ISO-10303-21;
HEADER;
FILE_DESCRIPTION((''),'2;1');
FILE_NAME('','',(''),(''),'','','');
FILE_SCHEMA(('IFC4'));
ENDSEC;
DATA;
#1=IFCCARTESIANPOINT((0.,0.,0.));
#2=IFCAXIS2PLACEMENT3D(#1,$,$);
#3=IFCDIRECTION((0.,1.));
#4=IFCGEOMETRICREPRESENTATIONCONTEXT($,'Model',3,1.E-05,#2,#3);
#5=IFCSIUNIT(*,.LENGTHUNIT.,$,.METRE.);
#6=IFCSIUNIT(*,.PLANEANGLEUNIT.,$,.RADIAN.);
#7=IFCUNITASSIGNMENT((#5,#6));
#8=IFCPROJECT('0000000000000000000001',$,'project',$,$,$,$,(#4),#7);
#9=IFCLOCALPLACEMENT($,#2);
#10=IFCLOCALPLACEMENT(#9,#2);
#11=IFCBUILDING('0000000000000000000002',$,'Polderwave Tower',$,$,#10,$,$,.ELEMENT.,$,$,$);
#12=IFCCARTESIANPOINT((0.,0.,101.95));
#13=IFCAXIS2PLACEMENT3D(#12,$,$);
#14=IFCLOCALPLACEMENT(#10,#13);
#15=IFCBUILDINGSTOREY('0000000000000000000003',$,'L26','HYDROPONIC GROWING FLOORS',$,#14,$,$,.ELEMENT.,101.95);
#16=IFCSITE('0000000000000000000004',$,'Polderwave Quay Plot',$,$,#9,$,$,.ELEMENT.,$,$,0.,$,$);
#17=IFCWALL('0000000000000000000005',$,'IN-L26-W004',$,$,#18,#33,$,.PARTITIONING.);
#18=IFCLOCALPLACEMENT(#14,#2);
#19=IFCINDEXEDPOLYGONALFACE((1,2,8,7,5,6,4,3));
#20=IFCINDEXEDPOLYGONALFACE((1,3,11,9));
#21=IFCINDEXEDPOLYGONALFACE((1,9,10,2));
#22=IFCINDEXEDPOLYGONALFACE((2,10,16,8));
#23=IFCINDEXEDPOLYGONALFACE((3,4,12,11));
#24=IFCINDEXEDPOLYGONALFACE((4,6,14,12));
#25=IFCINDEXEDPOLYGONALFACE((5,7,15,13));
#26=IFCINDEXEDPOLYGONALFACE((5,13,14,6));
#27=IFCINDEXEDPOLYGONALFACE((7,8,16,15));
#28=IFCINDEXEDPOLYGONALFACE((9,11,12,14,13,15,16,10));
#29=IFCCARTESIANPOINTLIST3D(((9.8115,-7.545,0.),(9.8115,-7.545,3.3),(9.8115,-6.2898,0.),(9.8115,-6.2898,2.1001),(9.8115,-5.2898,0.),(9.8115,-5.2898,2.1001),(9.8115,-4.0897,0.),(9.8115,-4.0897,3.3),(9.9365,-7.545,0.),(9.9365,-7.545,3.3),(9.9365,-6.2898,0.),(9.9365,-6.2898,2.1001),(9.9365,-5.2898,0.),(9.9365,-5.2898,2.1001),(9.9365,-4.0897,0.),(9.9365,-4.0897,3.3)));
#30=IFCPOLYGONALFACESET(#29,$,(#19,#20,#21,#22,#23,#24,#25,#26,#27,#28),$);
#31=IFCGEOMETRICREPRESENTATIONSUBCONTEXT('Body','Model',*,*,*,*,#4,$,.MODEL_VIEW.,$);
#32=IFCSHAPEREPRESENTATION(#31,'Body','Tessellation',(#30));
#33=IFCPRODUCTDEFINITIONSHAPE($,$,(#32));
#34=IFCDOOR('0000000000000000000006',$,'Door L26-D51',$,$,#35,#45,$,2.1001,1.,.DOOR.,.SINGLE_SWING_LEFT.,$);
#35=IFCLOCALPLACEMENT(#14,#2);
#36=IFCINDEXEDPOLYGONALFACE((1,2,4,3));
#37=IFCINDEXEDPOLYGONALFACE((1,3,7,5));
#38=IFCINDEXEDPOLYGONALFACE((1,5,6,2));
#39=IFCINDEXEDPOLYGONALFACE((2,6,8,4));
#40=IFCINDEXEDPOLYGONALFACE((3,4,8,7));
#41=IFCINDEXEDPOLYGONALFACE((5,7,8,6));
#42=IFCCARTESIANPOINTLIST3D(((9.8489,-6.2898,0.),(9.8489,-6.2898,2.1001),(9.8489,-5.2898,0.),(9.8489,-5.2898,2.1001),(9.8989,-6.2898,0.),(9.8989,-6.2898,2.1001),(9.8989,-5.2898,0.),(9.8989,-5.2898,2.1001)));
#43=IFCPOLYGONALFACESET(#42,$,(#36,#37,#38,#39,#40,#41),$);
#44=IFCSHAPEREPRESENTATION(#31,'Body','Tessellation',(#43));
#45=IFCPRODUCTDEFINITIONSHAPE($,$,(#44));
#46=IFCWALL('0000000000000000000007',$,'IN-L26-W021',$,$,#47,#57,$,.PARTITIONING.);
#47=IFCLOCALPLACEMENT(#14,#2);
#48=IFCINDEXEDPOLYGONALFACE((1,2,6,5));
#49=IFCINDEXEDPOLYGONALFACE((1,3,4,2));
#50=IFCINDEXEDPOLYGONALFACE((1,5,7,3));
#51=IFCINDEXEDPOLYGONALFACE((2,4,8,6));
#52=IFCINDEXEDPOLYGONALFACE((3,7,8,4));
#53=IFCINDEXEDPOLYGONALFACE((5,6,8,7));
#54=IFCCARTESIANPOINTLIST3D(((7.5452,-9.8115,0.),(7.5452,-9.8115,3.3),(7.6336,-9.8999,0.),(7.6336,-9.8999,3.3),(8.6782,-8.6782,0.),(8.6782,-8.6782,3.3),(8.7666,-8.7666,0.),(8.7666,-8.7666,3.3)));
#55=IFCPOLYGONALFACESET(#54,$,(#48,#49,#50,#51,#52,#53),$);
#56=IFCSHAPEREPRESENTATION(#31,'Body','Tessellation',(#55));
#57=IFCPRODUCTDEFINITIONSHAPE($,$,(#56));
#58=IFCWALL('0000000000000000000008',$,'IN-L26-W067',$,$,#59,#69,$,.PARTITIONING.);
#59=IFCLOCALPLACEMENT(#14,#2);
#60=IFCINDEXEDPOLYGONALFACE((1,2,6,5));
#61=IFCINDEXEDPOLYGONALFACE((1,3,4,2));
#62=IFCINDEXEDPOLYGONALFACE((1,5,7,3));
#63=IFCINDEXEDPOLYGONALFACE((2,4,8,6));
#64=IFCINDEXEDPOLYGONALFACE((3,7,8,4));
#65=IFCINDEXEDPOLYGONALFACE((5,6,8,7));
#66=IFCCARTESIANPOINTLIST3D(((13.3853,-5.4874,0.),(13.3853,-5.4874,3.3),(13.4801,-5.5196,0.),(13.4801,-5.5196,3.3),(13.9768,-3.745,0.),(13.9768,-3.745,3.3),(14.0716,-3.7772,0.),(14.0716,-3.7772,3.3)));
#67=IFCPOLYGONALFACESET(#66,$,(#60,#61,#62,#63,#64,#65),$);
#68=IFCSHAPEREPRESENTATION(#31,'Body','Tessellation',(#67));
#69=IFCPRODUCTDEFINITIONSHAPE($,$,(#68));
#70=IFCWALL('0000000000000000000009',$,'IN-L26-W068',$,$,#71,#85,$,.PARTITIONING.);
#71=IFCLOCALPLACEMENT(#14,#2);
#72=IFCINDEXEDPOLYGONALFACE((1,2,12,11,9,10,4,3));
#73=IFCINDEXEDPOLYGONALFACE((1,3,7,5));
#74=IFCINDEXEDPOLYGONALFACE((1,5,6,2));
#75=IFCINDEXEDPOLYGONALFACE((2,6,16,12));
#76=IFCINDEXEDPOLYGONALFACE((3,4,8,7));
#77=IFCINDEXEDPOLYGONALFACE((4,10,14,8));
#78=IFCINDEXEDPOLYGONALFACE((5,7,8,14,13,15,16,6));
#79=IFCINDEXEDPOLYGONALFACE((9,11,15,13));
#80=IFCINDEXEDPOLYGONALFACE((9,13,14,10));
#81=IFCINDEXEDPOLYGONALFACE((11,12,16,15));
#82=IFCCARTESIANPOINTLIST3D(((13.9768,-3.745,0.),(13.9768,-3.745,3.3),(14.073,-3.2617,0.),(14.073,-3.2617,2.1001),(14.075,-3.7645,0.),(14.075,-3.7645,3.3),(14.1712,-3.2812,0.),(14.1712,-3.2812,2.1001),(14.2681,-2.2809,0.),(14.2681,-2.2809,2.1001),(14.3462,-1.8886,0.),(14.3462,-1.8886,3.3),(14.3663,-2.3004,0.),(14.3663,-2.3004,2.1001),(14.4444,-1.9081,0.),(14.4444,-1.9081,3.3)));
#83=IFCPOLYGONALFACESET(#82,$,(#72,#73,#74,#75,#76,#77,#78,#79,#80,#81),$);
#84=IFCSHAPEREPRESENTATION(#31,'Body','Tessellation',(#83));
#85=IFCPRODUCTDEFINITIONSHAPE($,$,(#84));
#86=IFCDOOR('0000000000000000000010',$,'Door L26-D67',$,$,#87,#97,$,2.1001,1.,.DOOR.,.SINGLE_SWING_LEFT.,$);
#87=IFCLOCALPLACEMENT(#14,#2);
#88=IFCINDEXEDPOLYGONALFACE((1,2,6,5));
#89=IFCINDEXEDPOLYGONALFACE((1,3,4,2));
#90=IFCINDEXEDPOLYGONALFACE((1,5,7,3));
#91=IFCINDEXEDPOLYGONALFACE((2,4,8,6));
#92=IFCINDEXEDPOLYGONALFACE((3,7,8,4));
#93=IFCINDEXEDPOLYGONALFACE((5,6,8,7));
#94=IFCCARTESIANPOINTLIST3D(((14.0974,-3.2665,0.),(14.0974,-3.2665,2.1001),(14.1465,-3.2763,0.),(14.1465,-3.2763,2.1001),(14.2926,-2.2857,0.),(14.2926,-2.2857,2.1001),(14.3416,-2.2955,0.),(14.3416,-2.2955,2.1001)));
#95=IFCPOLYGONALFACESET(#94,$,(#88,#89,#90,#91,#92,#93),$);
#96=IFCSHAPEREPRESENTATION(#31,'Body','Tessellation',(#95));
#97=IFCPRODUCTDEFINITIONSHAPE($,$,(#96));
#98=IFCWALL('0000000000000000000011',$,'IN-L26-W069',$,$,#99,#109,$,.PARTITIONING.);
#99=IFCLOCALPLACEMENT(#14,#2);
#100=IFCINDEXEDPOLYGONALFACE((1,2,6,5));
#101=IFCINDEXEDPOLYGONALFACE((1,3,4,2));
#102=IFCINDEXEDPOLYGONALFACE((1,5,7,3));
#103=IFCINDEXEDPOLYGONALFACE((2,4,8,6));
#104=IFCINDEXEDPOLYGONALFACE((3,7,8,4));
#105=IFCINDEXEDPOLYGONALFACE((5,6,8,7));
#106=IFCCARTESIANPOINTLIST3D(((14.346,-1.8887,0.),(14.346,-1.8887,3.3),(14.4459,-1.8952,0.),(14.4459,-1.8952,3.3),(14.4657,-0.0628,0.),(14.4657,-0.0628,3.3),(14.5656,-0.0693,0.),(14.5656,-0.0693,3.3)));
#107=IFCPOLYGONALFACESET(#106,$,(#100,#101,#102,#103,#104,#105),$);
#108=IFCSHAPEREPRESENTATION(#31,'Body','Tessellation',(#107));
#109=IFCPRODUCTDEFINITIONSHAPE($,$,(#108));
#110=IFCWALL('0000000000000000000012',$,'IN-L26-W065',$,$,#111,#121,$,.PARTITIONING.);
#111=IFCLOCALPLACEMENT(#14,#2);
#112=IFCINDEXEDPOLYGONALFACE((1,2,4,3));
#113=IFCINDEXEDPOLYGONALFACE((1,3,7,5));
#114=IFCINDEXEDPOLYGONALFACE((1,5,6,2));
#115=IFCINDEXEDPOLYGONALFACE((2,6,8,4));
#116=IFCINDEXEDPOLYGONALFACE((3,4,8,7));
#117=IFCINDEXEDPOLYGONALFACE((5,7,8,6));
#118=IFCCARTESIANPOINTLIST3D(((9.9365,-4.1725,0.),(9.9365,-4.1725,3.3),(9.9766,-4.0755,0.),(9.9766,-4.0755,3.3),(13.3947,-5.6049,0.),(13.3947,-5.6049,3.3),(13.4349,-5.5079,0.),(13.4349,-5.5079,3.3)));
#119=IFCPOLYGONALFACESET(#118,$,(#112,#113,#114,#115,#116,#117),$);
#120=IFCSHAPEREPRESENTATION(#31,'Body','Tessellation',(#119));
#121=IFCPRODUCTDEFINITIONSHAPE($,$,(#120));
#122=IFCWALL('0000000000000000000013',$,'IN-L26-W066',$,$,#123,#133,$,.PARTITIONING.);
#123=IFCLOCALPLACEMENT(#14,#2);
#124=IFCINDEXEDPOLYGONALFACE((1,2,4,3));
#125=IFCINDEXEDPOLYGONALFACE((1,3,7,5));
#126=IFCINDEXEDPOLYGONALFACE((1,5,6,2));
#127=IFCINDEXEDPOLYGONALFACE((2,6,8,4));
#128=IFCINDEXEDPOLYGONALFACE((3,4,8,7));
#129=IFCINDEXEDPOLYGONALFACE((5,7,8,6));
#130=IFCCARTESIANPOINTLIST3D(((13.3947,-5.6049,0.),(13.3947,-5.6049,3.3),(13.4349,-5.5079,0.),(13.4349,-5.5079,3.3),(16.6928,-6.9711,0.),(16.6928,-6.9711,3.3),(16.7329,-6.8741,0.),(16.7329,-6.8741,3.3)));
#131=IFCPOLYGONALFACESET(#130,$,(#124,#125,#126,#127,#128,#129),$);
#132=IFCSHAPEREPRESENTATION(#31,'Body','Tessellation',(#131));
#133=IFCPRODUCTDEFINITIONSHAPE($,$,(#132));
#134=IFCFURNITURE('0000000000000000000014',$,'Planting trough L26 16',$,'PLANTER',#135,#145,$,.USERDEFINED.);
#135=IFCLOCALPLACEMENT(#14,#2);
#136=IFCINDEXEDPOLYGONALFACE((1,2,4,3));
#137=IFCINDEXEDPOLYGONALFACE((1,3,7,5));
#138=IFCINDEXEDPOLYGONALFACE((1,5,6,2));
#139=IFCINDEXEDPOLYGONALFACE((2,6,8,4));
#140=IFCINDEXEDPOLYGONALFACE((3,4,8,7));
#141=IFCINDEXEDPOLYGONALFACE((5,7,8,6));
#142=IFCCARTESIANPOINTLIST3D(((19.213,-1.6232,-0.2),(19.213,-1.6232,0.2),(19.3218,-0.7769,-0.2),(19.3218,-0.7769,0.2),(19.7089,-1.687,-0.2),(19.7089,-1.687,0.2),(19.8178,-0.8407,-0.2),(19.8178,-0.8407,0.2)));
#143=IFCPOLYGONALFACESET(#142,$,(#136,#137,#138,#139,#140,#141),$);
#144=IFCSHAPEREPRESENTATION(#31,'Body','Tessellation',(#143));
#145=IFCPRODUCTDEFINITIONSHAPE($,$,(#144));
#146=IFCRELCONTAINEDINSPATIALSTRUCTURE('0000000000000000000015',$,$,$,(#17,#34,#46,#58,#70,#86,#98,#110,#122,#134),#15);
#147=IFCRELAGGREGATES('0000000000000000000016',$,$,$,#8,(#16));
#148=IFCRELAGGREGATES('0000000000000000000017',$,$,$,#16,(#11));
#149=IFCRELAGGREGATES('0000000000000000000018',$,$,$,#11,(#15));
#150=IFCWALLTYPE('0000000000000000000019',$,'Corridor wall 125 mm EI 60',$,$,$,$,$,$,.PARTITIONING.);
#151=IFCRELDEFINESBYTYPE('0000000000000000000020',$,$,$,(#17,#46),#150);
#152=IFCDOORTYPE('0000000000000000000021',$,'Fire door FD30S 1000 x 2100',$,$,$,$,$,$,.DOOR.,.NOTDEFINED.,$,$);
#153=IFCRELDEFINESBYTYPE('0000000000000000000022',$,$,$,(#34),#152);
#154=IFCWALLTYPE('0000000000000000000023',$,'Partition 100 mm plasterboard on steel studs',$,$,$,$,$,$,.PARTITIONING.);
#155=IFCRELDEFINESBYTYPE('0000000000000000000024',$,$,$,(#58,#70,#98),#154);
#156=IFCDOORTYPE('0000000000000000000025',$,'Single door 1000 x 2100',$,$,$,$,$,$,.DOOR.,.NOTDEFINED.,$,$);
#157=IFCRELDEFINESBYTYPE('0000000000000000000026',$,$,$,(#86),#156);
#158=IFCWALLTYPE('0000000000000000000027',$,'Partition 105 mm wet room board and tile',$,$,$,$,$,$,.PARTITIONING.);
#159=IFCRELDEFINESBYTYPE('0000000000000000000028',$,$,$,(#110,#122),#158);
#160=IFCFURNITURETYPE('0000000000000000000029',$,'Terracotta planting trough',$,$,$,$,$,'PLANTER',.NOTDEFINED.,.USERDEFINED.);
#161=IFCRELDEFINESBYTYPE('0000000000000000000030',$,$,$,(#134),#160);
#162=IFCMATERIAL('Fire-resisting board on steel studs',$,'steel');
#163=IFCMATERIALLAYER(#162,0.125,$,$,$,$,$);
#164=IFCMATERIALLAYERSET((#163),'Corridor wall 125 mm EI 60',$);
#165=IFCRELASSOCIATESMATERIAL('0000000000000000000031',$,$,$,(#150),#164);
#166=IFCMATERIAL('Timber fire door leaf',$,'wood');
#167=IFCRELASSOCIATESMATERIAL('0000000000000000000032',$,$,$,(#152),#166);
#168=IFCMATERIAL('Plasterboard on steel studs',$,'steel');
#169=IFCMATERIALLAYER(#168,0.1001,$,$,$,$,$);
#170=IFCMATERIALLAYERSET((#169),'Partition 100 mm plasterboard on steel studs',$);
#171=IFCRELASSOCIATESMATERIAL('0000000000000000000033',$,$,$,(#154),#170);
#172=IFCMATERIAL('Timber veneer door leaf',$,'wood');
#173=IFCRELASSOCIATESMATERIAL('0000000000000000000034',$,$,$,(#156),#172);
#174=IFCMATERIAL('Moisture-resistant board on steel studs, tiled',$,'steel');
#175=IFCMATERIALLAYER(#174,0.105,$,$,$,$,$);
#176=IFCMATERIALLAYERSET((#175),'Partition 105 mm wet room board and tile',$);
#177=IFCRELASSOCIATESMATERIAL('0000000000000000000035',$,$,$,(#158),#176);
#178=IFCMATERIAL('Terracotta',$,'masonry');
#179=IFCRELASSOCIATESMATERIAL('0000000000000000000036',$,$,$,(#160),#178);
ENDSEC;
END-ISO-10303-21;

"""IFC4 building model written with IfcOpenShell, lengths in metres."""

from ifc_helpers import new_model, si_unit, direction, frame, frame_2d, origin, origin_2d, place, context, subcontext, project, spatial, rectangle, extrude, material, layer, layer_set, type_object, element, fill, save


model = new_model("IFC4")

# Units and contexts
model_context = context("Model", 3, precision=1e-05, world=origin(), true_north=direction((0.0, 1.0)))
body_context = subcontext(model_context, "Body", "Model", "MODEL_VIEW")
ifc_project = project(units=[si_unit("LENGTHUNIT", "METRE"), si_unit("PLANEANGLEUNIT", "RADIAN")], contexts=[model_context])

# Site, building, storey
site_placement = place(None, origin())
site = spatial("IfcSite", under=ifc_project, at=site_placement, Name="Polderwave Quay Plot", CompositionType="ELEMENT", RefElevation=0.0)
building_placement = place(site_placement, origin())
building = spatial("IfcBuilding", under=site, at=building_placement, Name="Polderwave Tower", CompositionType="ELEMENT")
storey_placement = place(building_placement, frame((0.0, 0.0, 101.95)))
storey = spatial("IfcBuildingStorey", under=building, at=storey_placement, Name="L26", Description="HYDROPONIC GROWING FLOORS", CompositionType="ELEMENT", Elevation=101.95)

# Shared definitions
ifc_material_1 = material(Name="Fire-resisting board on steel studs", Category="steel")
ifc_layer_1 = layer(ifc_material_1, 0.125)
ifc_layer_set_1 = layer_set([ifc_layer_1], Name="Corridor wall 125 mm EI 60")
wall_type_1 = type_object("IfcWallType", Name="Corridor wall 125 mm EI 60", PredefinedType="PARTITIONING", material=ifc_layer_set_1)

# Wall, opening, door
wall_1_placement = place(storey_placement, frame((9.874, -4.0898, 0.0), z_axis=(0.0, 0.0, 1.0), x_axis=(0.0, -1.0, 0.0)))
wall_1 = element("IfcWall", 1, at=wall_1_placement, inside=storey, type_object=wall_type_1, Name="IN-L26-W004", PredefinedType="PARTITIONING", context=body_context, shape_type="SweptSolid", body=[
    extrude(rectangle(XDim=3.4553, YDim=0.125, at=frame_2d((1.7275, 0.0))), origin(), (0.0, 0.0, 1.0), 3.3),
])
opening_1_placement = place(wall_1_placement, frame((1.2, 0.0, 0.0)))
opening_1 = element("IfcOpeningElement", 2, at=opening_1_placement, cuts=wall_1, PredefinedType="OPENING", context=body_context, shape_type="SweptSolid", body=[
    extrude(rectangle(XDim=1.0, YDim=2.1001, at=frame_2d((0.5, 1.05))), frame((0.0, 0.0725, 0.0), z_axis=(0.0, -1.0, 0.0), x_axis=(1.0, 0.0, 0.0)), (0.0, 0.0, 1.0), 0.145),
])
ifc_material_2 = material(Name="Timber fire door leaf", Category="wood")
door_type_1 = type_object("IfcDoorType", Name="Fire door FD30S 1000 x 2100", OperationType="NOTDEFINED", PredefinedType="DOOR", material=ifc_material_2)
door_1_placement = place(opening_1_placement, origin())
door_1 = element("IfcDoor", 3, at=door_1_placement, inside=storey, type_object=door_type_1, Name="Door L26-D51", OperationType="SINGLE_SWING_LEFT", OverallHeight=2.1001, OverallWidth=1.0, PredefinedType="DOOR", context=body_context, shape_type="SweptSolid", body=[
    extrude(rectangle(XDim=1.0, YDim=2.1001, at=frame_2d((0.5, 1.05))), frame((0.0, 0.0249, 0.0), z_axis=(0.0, -1.0, 0.0), x_axis=(1.0, 0.0, 0.0)), (0.0, 0.0, 1.0), 0.05),
])
fill(opening_1, door_1)

# Walls
wall_2_placement = place(storey_placement, frame((8.7224, -8.7224, 0.0), z_axis=(0.0, 0.0, 1.0), x_axis=(-0.707031, -0.707183, 0.0)))
element("IfcWall", 4, at=wall_2_placement, inside=storey, type_object=wall_type_1, Name="IN-L26-W021", PredefinedType="PARTITIONING", context=body_context, shape_type="SweptSolid", body=[
    extrude(rectangle(XDim=1.6025, YDim=0.125, at=frame_2d((0.8013, 0.0))), origin(), (0.0, 0.0, 1.0), 3.3),
])
ifc_material_3 = material(Name="Plasterboard on steel studs", Category="steel")
ifc_layer_2 = layer(ifc_material_3, 0.1001)
ifc_layer_set_2 = layer_set([ifc_layer_2], Name="Partition 100 mm plasterboard on steel studs")
wall_type_2 = type_object("IfcWallType", Name="Partition 100 mm plasterboard on steel studs", PredefinedType="PARTITIONING", material=ifc_layer_set_2)
wall_3_placement = place(storey_placement, frame((14.0242, -3.7612, 0.0), z_axis=(0.0, 0.0, 1.0), x_axis=(-0.321477, -0.946917, 0.0)))
element("IfcWall", 5, at=wall_3_placement, inside=storey, type_object=wall_type_2, Name="IN-L26-W067", PredefinedType="PARTITIONING", context=body_context, shape_type="SweptSolid", body=[
    extrude(rectangle(XDim=1.8401, YDim=0.1001, at=frame_2d((0.9199, 0.0))), origin(), (0.0, 0.0, 1.0), 3.3),
])

# Wall, opening, door
wall_4_placement = place(storey_placement, frame((14.3953, -1.8984, 0.0), z_axis=(0.0, 0.0, 1.0), x_axis=(-0.195149, -0.980774, 0.0)))
wall_4 = element("IfcWall", 6, at=wall_4_placement, inside=storey, type_object=wall_type_2, Name="IN-L26-W068", PredefinedType="PARTITIONING", context=body_context, shape_type="SweptSolid", body=[
    extrude(rectangle(XDim=1.8928, YDim=0.1001, at=frame_2d((0.9463, 0.0))), origin(), (0.0, 0.0, 1.0), 3.3),
])
opening_2_placement = place(wall_4_placement, frame((0.3999, 0.0, 0.0)))
opening_2 = element("IfcOpeningElement", 7, at=opening_2_placement, cuts=wall_4, PredefinedType="OPENING", context=body_context, shape_type="SweptSolid", body=[
    extrude(rectangle(XDim=1.0, YDim=2.1001, at=frame_2d((0.5, 1.05))), frame((0.0, 0.0601, 0.0), z_axis=(0.0, -1.0, 0.0), x_axis=(1.0, 0.0, 0.0)), (0.0, 0.0, 1.0), 0.1201),
])
ifc_material_4 = material(Name="Timber veneer door leaf", Category="wood")
door_type_2 = type_object("IfcDoorType", Name="Single door 1000 x 2100", OperationType="NOTDEFINED", PredefinedType="DOOR", material=ifc_material_4)
door_2_placement = place(opening_2_placement, origin())
door_2 = element("IfcDoor", 8, at=door_2_placement, inside=storey, type_object=door_type_2, Name="Door L26-D67", OperationType="SINGLE_SWING_LEFT", OverallHeight=2.1001, OverallWidth=1.0, PredefinedType="DOOR", context=body_context, shape_type="SweptSolid", body=[
    extrude(rectangle(XDim=1.0, YDim=2.1001, at=frame_2d((0.5, 1.05))), frame((0.0, 0.0249, 0.0), z_axis=(0.0, -1.0, 0.0), x_axis=(1.0, 0.0, 0.0)), (0.0, 0.0, 1.0), 0.05),
])
fill(opening_2, door_2)

# Walls
wall_5_placement = place(storey_placement, frame((14.5156, -0.0659, 0.0), z_axis=(0.0, 0.0, 1.0), x_axis=(-0.065377, -0.997861, 0.0)))
element("IfcWall", 9, at=wall_5_placement, inside=storey, type_object=wall_type_2, Name="IN-L26-W069", PredefinedType="PARTITIONING", context=body_context, shape_type="SweptSolid", body=[
    extrude(rectangle(XDim=1.8298, YDim=0.1001, at=frame_2d((0.915, 0.0))), origin(), (0.0, 0.0, 1.0), 3.3),
])
ifc_material_5 = material(Name="Moisture-resistant board on steel studs, tiled", Category="steel")
ifc_layer_3 = layer(ifc_material_5, 0.105)
ifc_layer_set_3 = layer_set([ifc_layer_3], Name="Partition 105 mm wet room board and tile")
wall_type_3 = type_object("IfcWallType", Name="Partition 105 mm wet room board and tile", PredefinedType="PARTITIONING", material=ifc_layer_set_3)
wall_6_placement = place(storey_placement, frame((9.9565, -4.124, 0.0), z_axis=(0.0, 0.0, 1.0), x_axis=(0.923887, -0.382665, 0.0)))
element("IfcWall", 10, at=wall_6_placement, inside=storey, type_object=wall_type_3, Name="IN-L26-W065", PredefinedType="PARTITIONING", context=body_context, shape_type="SweptSolid", body=[
    extrude(rectangle(XDim=3.7432, YDim=0.105, at=frame_2d((1.8716, 0.0))), origin(), (0.0, 0.0, 1.0), 3.3),
])
wall_7_placement = place(storey_placement, frame((13.4148, -5.5564, 0.0), z_axis=(0.0, 0.0, 1.0), x_axis=(0.92387, -0.382706, 0.0)))
element("IfcWall", 11, at=wall_7_placement, inside=storey, type_object=wall_type_3, Name="IN-L26-W066", PredefinedType="PARTITIONING", context=body_context, shape_type="SweptSolid", body=[
    extrude(rectangle(XDim=3.5698, YDim=0.105, at=frame_2d((1.7849, 0.0))), origin(), (0.0, 0.0, 1.0), 3.3),
])

# Furniture
ifc_material_6 = material(Name="Terracotta", Category="masonry")
furniture_type = type_object("IfcFurnitureType", Name="Terracotta planting trough", ElementType="PLANTER", AssemblyPlace="NOTDEFINED", PredefinedType="USERDEFINED", material=ifc_material_6)
furniture_placement = place(storey_placement, frame((19.5154, -1.2319, -0.2), z_axis=(0.0, 0.0, 1.0), x_axis=(0.12757, 0.99183, 0.0)))
element("IfcFurniture", 12, at=furniture_placement, inside=storey, type_object=furniture_type, Name="Planting trough L26 16", ObjectType="PLANTER", PredefinedType="USERDEFINED", context=body_context, shape_type="SweptSolid", body=[
    extrude(rectangle(XDim=0.8533, YDim=0.5, at=origin_2d()), origin(), (0.0, 0.0, 1.0), 0.3999),
])

save(model, "model.ifc")
